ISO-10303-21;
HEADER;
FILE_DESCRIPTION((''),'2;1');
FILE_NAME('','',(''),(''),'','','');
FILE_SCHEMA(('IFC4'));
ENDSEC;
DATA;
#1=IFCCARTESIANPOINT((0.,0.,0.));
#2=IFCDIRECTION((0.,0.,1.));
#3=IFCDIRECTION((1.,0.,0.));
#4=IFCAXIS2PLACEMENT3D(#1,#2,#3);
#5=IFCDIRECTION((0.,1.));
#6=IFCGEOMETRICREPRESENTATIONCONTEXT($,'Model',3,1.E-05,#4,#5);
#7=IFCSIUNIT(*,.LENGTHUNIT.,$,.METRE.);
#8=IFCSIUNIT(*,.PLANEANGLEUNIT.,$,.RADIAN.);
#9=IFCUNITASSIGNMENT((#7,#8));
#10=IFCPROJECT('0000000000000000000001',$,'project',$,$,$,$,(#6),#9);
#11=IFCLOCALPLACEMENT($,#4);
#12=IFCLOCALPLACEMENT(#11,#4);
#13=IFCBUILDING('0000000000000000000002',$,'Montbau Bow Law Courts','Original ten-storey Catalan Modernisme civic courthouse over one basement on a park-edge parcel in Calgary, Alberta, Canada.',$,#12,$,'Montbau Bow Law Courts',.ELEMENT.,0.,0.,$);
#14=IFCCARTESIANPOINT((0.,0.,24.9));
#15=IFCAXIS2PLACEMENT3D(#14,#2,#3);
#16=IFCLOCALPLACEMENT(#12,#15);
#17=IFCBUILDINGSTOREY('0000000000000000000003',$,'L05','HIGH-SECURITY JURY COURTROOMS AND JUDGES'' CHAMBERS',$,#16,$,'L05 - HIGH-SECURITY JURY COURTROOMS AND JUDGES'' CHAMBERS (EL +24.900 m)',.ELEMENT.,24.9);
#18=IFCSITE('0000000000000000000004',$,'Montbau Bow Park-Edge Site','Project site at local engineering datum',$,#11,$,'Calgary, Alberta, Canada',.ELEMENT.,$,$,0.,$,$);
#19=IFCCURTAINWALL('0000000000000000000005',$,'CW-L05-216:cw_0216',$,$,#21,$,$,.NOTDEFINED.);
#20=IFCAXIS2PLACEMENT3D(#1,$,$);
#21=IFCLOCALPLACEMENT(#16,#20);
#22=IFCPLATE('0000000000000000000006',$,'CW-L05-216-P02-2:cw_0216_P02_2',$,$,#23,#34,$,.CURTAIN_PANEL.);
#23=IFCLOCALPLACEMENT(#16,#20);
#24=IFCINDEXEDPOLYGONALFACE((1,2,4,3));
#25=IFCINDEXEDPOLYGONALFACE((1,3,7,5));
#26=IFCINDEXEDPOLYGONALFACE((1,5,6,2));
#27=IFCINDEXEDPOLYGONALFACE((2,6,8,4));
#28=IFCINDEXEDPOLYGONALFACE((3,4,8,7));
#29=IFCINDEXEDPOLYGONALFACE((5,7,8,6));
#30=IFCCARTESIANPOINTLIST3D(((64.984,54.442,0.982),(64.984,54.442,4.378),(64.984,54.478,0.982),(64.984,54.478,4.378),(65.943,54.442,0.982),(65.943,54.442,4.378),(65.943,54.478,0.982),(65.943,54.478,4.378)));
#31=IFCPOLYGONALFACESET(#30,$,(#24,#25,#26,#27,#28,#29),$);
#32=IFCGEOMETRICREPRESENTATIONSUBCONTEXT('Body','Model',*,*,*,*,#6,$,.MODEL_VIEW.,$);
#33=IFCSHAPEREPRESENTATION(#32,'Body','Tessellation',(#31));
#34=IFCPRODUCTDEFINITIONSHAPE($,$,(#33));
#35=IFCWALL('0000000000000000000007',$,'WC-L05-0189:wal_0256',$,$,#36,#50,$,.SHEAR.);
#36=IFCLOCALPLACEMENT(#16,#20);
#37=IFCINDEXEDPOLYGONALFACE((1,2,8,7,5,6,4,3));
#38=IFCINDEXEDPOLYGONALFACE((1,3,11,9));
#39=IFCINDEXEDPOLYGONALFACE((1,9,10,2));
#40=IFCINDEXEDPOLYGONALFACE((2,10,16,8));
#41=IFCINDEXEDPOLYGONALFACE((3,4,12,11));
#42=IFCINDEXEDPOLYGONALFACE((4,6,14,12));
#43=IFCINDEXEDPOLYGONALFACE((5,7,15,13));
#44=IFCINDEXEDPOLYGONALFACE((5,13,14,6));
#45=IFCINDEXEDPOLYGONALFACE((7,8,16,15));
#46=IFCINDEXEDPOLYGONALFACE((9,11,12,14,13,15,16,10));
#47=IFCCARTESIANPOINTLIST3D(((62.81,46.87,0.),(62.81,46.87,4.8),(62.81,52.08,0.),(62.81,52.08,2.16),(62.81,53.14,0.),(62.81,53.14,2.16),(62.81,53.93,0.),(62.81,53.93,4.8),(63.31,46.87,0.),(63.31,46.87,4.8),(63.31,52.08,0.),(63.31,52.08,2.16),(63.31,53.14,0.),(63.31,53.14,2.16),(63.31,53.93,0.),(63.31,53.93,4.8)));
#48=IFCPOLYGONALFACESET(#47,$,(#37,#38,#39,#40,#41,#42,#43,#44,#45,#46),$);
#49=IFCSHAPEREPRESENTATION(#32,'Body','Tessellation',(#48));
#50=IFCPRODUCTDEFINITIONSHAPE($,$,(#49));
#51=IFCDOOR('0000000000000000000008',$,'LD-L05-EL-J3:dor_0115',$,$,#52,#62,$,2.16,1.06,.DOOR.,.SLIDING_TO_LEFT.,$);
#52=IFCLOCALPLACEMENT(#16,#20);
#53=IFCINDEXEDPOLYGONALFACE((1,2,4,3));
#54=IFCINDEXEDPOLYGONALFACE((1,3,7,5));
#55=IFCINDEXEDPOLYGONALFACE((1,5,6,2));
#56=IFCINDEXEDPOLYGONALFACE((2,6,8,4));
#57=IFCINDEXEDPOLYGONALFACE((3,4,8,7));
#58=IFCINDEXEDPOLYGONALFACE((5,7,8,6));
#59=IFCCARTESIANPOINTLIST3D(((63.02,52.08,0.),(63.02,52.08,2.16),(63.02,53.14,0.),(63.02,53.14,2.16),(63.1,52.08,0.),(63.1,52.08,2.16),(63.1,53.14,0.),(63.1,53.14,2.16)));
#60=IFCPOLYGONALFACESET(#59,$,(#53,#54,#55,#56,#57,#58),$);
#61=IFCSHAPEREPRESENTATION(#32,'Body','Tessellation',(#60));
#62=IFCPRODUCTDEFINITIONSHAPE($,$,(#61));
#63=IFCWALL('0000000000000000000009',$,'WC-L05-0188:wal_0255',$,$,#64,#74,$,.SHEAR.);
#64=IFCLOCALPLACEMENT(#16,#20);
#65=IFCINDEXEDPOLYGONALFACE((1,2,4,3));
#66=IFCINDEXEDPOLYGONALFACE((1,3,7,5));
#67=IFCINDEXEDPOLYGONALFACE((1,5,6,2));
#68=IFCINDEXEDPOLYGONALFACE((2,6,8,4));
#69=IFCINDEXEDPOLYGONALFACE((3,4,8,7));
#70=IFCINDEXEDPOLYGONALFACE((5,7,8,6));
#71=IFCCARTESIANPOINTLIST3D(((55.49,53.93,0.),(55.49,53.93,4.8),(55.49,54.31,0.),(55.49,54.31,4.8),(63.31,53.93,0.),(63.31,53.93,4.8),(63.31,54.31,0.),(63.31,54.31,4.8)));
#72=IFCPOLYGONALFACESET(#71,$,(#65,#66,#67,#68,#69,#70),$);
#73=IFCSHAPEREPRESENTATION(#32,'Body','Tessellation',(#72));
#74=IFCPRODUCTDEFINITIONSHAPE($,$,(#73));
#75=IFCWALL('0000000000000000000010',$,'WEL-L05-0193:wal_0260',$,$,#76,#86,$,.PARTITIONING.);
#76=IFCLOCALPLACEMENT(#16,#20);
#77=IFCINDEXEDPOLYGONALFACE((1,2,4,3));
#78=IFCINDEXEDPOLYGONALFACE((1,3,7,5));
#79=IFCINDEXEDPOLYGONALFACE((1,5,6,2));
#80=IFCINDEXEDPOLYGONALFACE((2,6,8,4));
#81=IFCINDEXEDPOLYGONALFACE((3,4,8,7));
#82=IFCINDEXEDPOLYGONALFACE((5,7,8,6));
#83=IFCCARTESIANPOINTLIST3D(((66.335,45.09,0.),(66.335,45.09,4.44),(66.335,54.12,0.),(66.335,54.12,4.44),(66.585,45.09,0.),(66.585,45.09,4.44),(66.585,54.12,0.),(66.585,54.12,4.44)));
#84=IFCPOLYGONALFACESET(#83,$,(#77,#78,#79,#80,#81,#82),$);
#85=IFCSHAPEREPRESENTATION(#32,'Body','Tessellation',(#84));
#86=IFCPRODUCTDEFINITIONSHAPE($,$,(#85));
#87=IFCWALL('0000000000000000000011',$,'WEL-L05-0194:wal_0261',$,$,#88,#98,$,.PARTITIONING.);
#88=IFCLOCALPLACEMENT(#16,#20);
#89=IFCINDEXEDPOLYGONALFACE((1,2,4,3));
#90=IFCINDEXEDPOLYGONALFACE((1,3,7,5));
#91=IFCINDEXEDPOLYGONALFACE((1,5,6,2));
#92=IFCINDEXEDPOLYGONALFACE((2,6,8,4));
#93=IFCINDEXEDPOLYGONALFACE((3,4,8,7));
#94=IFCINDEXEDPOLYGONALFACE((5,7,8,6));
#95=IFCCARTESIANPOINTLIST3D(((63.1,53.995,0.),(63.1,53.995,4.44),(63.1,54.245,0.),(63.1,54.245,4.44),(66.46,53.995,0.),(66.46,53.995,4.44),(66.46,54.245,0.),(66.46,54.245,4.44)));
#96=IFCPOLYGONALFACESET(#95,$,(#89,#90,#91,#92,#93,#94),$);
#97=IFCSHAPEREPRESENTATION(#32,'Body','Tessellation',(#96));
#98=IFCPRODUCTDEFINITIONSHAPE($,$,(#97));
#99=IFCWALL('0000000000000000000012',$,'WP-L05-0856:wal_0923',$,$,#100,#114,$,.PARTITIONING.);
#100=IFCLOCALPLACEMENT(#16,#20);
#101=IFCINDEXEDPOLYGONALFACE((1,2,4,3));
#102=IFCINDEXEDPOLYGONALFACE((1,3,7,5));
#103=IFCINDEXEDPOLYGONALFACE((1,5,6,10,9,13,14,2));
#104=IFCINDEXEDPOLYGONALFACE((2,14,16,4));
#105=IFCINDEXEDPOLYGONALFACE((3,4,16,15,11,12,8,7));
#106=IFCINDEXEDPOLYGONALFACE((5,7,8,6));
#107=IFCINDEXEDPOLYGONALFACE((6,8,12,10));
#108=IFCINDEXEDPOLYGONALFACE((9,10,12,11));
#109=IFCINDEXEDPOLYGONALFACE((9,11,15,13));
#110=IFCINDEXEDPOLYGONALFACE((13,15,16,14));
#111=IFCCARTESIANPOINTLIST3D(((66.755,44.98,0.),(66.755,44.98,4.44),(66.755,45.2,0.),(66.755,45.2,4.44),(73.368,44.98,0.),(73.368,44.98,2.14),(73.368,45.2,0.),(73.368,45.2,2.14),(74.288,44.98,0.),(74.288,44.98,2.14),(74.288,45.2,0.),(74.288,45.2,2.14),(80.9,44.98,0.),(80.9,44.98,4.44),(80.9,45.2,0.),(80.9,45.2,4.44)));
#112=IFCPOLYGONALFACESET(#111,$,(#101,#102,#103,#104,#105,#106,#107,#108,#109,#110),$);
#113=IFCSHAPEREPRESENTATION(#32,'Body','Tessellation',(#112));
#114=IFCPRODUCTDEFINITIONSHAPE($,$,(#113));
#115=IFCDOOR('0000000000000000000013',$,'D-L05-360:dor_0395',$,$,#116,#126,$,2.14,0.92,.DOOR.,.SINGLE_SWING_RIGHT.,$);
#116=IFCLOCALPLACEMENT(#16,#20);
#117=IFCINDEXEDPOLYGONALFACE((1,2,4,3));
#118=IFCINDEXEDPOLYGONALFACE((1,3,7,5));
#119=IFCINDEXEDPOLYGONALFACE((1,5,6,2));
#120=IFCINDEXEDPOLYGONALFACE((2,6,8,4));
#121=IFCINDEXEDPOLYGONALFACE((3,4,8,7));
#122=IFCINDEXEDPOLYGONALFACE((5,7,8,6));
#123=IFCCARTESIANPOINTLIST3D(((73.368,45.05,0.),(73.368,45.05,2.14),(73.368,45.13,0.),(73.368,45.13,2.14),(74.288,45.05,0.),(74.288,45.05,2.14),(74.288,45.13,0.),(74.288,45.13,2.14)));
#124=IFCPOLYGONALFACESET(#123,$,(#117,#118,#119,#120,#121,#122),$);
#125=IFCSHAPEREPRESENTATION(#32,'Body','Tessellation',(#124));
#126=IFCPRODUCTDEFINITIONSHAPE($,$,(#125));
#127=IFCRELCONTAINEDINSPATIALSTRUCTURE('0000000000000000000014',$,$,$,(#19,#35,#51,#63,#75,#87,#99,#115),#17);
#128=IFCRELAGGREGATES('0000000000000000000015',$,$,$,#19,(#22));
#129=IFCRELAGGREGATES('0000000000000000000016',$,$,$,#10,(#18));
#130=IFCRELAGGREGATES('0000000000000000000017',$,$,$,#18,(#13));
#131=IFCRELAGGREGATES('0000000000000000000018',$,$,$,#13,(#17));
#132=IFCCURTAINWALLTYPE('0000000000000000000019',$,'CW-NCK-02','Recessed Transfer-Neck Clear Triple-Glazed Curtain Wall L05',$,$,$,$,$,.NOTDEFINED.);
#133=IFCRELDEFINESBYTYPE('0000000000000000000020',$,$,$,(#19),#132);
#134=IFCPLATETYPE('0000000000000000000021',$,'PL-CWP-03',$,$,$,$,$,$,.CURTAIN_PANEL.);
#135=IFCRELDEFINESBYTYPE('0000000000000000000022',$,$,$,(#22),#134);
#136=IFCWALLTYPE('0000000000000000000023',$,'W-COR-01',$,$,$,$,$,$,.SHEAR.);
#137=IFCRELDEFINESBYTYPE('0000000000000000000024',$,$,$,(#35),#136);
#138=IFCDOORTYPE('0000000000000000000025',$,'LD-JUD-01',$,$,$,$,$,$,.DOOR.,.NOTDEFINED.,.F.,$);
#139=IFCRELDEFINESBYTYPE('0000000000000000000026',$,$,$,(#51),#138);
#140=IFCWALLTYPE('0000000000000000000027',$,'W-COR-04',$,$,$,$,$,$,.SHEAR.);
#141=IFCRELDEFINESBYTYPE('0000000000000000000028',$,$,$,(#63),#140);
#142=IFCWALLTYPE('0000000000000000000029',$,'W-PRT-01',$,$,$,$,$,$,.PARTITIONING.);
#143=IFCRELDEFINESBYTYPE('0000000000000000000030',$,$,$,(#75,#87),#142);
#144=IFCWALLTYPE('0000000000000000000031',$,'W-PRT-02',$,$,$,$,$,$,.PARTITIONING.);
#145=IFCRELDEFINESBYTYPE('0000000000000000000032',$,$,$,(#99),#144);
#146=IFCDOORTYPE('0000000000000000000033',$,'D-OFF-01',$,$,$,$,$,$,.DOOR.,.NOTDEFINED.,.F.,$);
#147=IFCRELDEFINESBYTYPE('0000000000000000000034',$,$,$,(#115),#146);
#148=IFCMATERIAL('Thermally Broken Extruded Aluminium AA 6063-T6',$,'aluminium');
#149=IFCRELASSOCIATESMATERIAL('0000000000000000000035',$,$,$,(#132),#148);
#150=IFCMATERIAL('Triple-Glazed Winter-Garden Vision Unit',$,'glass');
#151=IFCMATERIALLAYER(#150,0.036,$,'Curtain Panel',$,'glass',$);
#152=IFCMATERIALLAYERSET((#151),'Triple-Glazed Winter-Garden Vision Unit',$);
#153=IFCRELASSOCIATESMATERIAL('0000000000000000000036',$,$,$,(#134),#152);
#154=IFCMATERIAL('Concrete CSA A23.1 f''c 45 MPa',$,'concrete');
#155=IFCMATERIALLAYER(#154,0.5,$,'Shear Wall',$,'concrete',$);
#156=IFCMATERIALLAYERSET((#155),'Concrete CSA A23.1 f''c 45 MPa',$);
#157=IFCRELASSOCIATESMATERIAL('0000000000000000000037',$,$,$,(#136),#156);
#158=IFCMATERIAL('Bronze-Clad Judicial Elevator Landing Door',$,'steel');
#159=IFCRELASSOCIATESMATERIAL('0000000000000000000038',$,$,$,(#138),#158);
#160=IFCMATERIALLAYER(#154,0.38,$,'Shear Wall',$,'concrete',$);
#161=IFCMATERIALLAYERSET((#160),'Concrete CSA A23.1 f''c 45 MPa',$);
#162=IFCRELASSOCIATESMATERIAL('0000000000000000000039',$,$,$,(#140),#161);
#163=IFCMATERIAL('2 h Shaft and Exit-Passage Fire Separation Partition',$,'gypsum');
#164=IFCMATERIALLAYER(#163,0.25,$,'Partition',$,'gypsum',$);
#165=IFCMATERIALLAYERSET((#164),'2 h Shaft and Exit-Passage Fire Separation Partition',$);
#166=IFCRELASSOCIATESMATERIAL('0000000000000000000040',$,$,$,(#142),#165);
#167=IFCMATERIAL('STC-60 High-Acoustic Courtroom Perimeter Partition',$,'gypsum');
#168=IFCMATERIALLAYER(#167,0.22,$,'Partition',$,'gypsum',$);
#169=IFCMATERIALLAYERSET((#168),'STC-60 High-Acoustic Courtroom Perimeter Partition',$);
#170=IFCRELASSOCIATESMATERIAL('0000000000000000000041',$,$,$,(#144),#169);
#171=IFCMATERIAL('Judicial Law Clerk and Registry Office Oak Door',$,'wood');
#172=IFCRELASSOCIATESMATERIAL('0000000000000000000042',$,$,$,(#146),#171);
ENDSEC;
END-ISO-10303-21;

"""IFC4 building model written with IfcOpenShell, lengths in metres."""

from ifc_helpers import new_model, si_unit, direction, frame, frame_2d, origin_with_axes, place, context, subcontext, project, spatial, rectangle, extrude, material, layer, layer_set, type_object, element, fill, aggregate, save


model = new_model("IFC4")

# Units and contexts
model_context = context("Model", 3, precision=1e-05, world=origin_with_axes(), true_north=direction((0.0, 1.0)))
body_context = subcontext(model_context, "Body", "Model", "MODEL_VIEW")
ifc_project = project(units=[si_unit("LENGTHUNIT", "METRE"), si_unit("PLANEANGLEUNIT", "RADIAN")], contexts=[model_context])

# Site, building, storey
site_placement = place(None, origin_with_axes())
site = spatial("IfcSite", under=ifc_project, at=site_placement, Name="Montbau Bow Park-Edge Site", Description="Project site at local engineering datum", LongName="Calgary, Alberta, Canada", CompositionType="ELEMENT", RefElevation=0.0)
building_placement = place(site_placement, origin_with_axes())
building = spatial("IfcBuilding", under=site, at=building_placement, Name="Montbau Bow Law Courts", Description="Original ten-storey Catalan Modernisme civic courthouse over one basement on a park-edge parcel in Calgary, Alberta, Canada.", LongName="Montbau Bow Law Courts", CompositionType="ELEMENT", ElevationOfRefHeight=0.0, ElevationOfTerrain=0.0)
storey_placement = place(building_placement, frame((0.0, 0.0, 24.9), z_axis=(0.0, 0.0, 1.0), x_axis=(1.0, 0.0, 0.0)))
storey = spatial("IfcBuildingStorey", under=building, at=storey_placement, Name="L05", Description="HIGH-SECURITY JURY COURTROOMS AND JUDGES' CHAMBERS", LongName="L05 - HIGH-SECURITY JURY COURTROOMS AND JUDGES' CHAMBERS (EL +24.900 m)", CompositionType="ELEMENT", Elevation=24.9)

# Curtain wall
ifc_material_1 = material(Name="Thermally Broken Extruded Aluminium AA 6063-T6", Category="aluminium")
curtain_wall_type = type_object("IfcCurtainWallType", Name="CW-NCK-02", Description="Recessed Transfer-Neck Clear Triple-Glazed Curtain Wall L05", PredefinedType="NOTDEFINED", material=ifc_material_1)
curtain_wall_1_placement = place(None, frame((63.868, 54.46, 24.9), z_axis=(0.0, 0.0, 1.0), x_axis=(1.0, 0.0, 0.0)))
curtain_wall_1 = element("IfcCurtainWall", 1, at=curtain_wall_1_placement, inside=storey, type_object=curtain_wall_type, Name="CW-L05-216:cw_0216", PredefinedType="NOTDEFINED")

# Plate
ifc_material_2 = material(Name="Triple-Glazed Winter-Garden Vision Unit", Category="glass")
ifc_layer_1 = layer(ifc_material_2, 0.036, Name="Curtain Panel", Category="glass")
ifc_layer_set_1 = layer_set([ifc_layer_1], Name="Triple-Glazed Winter-Garden Vision Unit")
plate_type_1 = type_object("IfcPlateType", Name="PL-CWP-03", PredefinedType="CURTAIN_PANEL", material=ifc_layer_set_1)
plate_1_placement = place(None, frame((64.984, 54.46, 25.882), z_axis=(0.0, -1.0, 0.0), x_axis=(1.0, 0.0, 0.0)))
plate_1 = element("IfcPlate", 2, at=plate_1_placement, type_object=plate_type_1, Name="CW-L05-216-P02-2:cw_0216_P02_2", PredefinedType="CURTAIN_PANEL", context=body_context, shape_type="SweptSolid", body=[
    extrude(rectangle(XDim=0.959, YDim=3.396, at=frame_2d((0.4795, 1.698), x_axis=(1.0, 0.0))), frame((0.0, 0.0, -0.018), z_axis=(0.0, 0.0, 1.0), x_axis=(1.0, 0.0, 0.0)), (0.0, 0.0, 1.0), 0.036),
])
aggregate(curtain_wall_1, [plate_1])

# Wall, opening, door
ifc_material_3 = material(Name="Concrete CSA A23.1 f'c 45 MPa", Category="concrete")
ifc_layer_2 = layer(ifc_material_3, 0.5, Name="Shear Wall", Category="concrete")
ifc_layer_set_2 = layer_set([ifc_layer_2], Name="Concrete CSA A23.1 f'c 45 MPa")
wall_type_1 = type_object("IfcWallType", Name="W-COR-01", PredefinedType="SHEAR", material=ifc_layer_set_2)
wall_1_placement = place(None, frame((63.06, 46.87, 24.9), z_axis=(0.0, 0.0, 1.0), x_axis=(0.0, 1.0, 0.0)))
wall_1 = element("IfcWall", 3, at=wall_1_placement, inside=storey, type_object=wall_type_1, Name="WC-L05-0189:wal_0256", PredefinedType="SHEAR", context=body_context, shape_type="SweptSolid", body=[
    extrude(rectangle(XDim=7.06, YDim=0.5, at=frame_2d((3.53, 0.0), x_axis=(1.0, 0.0))), origin_with_axes(), (0.0, 0.0, 1.0), 4.8),
])
opening_1_placement = place(None, frame((63.06, 52.61, 24.9), z_axis=(0.0, 0.0, 1.0), x_axis=(0.0, 1.0, 0.0)))
opening_1 = element("IfcOpeningElement", 4, at=opening_1_placement, cuts=wall_1, PredefinedType="OPENING", context=body_context, shape_type="SweptSolid", body=[
    extrude(rectangle(XDim=1.06, YDim=2.16, at=frame_2d((0.0, 1.08), x_axis=(1.0, 0.0))), frame((0.0, 0.26, 0.0), z_axis=(0.0, -1.0, 0.0), x_axis=(1.0, 0.0, 0.0)), (0.0, 0.0, 1.0), 0.52),
])
ifc_material_4 = material(Name="Bronze-Clad Judicial Elevator Landing Door", Category="steel")
door_type_1 = type_object("IfcDoorType", Name="LD-JUD-01", OperationType="NOTDEFINED", ParameterTakesPrecedence=False, PredefinedType="DOOR", material=ifc_material_4)
door_1_placement = place(None, frame((63.06, 52.61, 24.9), z_axis=(0.0, 0.0, 1.0), x_axis=(0.0, 1.0, 0.0)))
door_1 = element("IfcDoor", 5, at=door_1_placement, inside=storey, type_object=door_type_1, Name="LD-L05-EL-J3:dor_0115", OperationType="SLIDING_TO_LEFT", OverallHeight=2.16, OverallWidth=1.06, PredefinedType="DOOR", context=body_context, shape_type="SweptSolid", body=[
    extrude(rectangle(XDim=1.06, YDim=2.16, at=frame_2d((0.0, 1.08), x_axis=(1.0, 0.0))), frame((0.0, 0.04, 0.0), z_axis=(0.0, -1.0, 0.0), x_axis=(1.0, 0.0, 0.0)), (0.0, 0.0, 1.0), 0.08),
])
fill(opening_1, door_1)

# Walls
ifc_layer_3 = layer(ifc_material_3, 0.38, Name="Shear Wall", Category="concrete")
ifc_layer_set_3 = layer_set([ifc_layer_3], Name="Concrete CSA A23.1 f'c 45 MPa")
wall_type_2 = type_object("IfcWallType", Name="W-COR-04", PredefinedType="SHEAR", material=ifc_layer_set_3)
wall_2_placement = place(None, frame((63.31, 54.12, 24.9), z_axis=(0.0, 0.0, 1.0), x_axis=(-1.0, 0.0, 0.0)))
element("IfcWall", 6, at=wall_2_placement, inside=storey, type_object=wall_type_2, Name="WC-L05-0188:wal_0255", PredefinedType="SHEAR", context=body_context, shape_type="SweptSolid", body=[
    extrude(rectangle(XDim=7.82, YDim=0.38, at=frame_2d((3.91, 0.0), x_axis=(1.0, 0.0))), origin_with_axes(), (0.0, 0.0, 1.0), 4.8),
])
ifc_material_5 = material(Name="2 h Shaft and Exit-Passage Fire Separation Partition", Category="gypsum")
ifc_layer_4 = layer(ifc_material_5, 0.25, Name="Partition", Category="gypsum")
ifc_layer_set_4 = layer_set([ifc_layer_4], Name="2 h Shaft and Exit-Passage Fire Separation Partition")
wall_type_3 = type_object("IfcWallType", Name="W-PRT-01", PredefinedType="PARTITIONING", material=ifc_layer_set_4)
wall_3_placement = place(None, frame((66.46, 45.09, 24.9), z_axis=(0.0, 0.0, 1.0), x_axis=(0.0, 1.0, 0.0)))
element("IfcWall", 7, at=wall_3_placement, inside=storey, type_object=wall_type_3, Name="WEL-L05-0193:wal_0260", PredefinedType="PARTITIONING", context=body_context, shape_type="SweptSolid", body=[
    extrude(rectangle(XDim=9.03, YDim=0.25, at=frame_2d((4.515, 0.0), x_axis=(1.0, 0.0))), origin_with_axes(), (0.0, 0.0, 1.0), 4.44),
])
wall_4_placement = place(None, frame((63.1, 54.12, 24.9), z_axis=(0.0, 0.0, 1.0), x_axis=(1.0, 0.0, 0.0)))
element("IfcWall", 8, at=wall_4_placement, inside=storey, type_object=wall_type_3, Name="WEL-L05-0194:wal_0261", PredefinedType="PARTITIONING", context=body_context, shape_type="SweptSolid", body=[
    extrude(rectangle(XDim=3.36, YDim=0.25, at=frame_2d((1.68, 0.0), x_axis=(1.0, 0.0))), origin_with_axes(), (0.0, 0.0, 1.0), 4.44),
])

# Wall, opening, door
ifc_material_6 = material(Name="STC-60 High-Acoustic Courtroom Perimeter Partition", Category="gypsum")
ifc_layer_5 = layer(ifc_material_6, 0.22, Name="Partition", Category="gypsum")
ifc_layer_set_5 = layer_set([ifc_layer_5], Name="STC-60 High-Acoustic Courtroom Perimeter Partition")
wall_type_4 = type_object("IfcWallType", Name="W-PRT-02", PredefinedType="PARTITIONING", material=ifc_layer_set_5)
wall_5_placement = place(None, frame((66.755, 45.09, 24.9), z_axis=(0.0, 0.0, 1.0), x_axis=(1.0, 0.0, 0.0)))
wall_5 = element("IfcWall", 9, at=wall_5_placement, inside=storey, type_object=wall_type_4, Name="WP-L05-0856:wal_0923", PredefinedType="PARTITIONING", context=body_context, shape_type="SweptSolid", body=[
    extrude(rectangle(XDim=14.145, YDim=0.22, at=frame_2d((7.0725, 0.0), x_axis=(1.0, 0.0))), origin_with_axes(), (0.0, 0.0, 1.0), 4.44),
])
opening_2_placement = place(None, frame((73.828, 45.09, 24.9), z_axis=(0.0, 0.0, 1.0), x_axis=(1.0, 0.0, 0.0)))
opening_2 = element("IfcOpeningElement", 10, at=opening_2_placement, cuts=wall_5, PredefinedType="OPENING", context=body_context, shape_type="SweptSolid", body=[
    extrude(rectangle(XDim=0.92, YDim=2.14, at=frame_2d((0.0, 1.07), x_axis=(1.0, 0.0))), frame((0.0, 0.12, 0.0), z_axis=(0.0, -1.0, 0.0), x_axis=(1.0, 0.0, 0.0)), (0.0, 0.0, 1.0), 0.24),
])
ifc_material_7 = material(Name="Judicial Law Clerk and Registry Office Oak Door", Category="wood")
door_type_2 = type_object("IfcDoorType", Name="D-OFF-01", OperationType="NOTDEFINED", ParameterTakesPrecedence=False, PredefinedType="DOOR", material=ifc_material_7)
door_2_placement = place(None, frame((73.828, 45.09, 24.9), z_axis=(0.0, 0.0, 1.0), x_axis=(-1.0, 0.0, 0.0)))
door_2 = element("IfcDoor", 11, at=door_2_placement, inside=storey, type_object=door_type_2, Name="D-L05-360:dor_0395", OperationType="SINGLE_SWING_RIGHT", OverallHeight=2.14, OverallWidth=0.92, PredefinedType="DOOR", context=body_context, shape_type="SweptSolid", body=[
    extrude(rectangle(XDim=0.92, YDim=2.14, at=frame_2d((0.0, 1.07), x_axis=(1.0, 0.0))), frame((0.0, 0.04, 0.0), z_axis=(0.0, -1.0, 0.0), x_axis=(1.0, 0.0, 0.0)), (0.0, 0.0, 1.0), 0.08),
])
fill(opening_2, door_2)

save(model, "model.ifc")
